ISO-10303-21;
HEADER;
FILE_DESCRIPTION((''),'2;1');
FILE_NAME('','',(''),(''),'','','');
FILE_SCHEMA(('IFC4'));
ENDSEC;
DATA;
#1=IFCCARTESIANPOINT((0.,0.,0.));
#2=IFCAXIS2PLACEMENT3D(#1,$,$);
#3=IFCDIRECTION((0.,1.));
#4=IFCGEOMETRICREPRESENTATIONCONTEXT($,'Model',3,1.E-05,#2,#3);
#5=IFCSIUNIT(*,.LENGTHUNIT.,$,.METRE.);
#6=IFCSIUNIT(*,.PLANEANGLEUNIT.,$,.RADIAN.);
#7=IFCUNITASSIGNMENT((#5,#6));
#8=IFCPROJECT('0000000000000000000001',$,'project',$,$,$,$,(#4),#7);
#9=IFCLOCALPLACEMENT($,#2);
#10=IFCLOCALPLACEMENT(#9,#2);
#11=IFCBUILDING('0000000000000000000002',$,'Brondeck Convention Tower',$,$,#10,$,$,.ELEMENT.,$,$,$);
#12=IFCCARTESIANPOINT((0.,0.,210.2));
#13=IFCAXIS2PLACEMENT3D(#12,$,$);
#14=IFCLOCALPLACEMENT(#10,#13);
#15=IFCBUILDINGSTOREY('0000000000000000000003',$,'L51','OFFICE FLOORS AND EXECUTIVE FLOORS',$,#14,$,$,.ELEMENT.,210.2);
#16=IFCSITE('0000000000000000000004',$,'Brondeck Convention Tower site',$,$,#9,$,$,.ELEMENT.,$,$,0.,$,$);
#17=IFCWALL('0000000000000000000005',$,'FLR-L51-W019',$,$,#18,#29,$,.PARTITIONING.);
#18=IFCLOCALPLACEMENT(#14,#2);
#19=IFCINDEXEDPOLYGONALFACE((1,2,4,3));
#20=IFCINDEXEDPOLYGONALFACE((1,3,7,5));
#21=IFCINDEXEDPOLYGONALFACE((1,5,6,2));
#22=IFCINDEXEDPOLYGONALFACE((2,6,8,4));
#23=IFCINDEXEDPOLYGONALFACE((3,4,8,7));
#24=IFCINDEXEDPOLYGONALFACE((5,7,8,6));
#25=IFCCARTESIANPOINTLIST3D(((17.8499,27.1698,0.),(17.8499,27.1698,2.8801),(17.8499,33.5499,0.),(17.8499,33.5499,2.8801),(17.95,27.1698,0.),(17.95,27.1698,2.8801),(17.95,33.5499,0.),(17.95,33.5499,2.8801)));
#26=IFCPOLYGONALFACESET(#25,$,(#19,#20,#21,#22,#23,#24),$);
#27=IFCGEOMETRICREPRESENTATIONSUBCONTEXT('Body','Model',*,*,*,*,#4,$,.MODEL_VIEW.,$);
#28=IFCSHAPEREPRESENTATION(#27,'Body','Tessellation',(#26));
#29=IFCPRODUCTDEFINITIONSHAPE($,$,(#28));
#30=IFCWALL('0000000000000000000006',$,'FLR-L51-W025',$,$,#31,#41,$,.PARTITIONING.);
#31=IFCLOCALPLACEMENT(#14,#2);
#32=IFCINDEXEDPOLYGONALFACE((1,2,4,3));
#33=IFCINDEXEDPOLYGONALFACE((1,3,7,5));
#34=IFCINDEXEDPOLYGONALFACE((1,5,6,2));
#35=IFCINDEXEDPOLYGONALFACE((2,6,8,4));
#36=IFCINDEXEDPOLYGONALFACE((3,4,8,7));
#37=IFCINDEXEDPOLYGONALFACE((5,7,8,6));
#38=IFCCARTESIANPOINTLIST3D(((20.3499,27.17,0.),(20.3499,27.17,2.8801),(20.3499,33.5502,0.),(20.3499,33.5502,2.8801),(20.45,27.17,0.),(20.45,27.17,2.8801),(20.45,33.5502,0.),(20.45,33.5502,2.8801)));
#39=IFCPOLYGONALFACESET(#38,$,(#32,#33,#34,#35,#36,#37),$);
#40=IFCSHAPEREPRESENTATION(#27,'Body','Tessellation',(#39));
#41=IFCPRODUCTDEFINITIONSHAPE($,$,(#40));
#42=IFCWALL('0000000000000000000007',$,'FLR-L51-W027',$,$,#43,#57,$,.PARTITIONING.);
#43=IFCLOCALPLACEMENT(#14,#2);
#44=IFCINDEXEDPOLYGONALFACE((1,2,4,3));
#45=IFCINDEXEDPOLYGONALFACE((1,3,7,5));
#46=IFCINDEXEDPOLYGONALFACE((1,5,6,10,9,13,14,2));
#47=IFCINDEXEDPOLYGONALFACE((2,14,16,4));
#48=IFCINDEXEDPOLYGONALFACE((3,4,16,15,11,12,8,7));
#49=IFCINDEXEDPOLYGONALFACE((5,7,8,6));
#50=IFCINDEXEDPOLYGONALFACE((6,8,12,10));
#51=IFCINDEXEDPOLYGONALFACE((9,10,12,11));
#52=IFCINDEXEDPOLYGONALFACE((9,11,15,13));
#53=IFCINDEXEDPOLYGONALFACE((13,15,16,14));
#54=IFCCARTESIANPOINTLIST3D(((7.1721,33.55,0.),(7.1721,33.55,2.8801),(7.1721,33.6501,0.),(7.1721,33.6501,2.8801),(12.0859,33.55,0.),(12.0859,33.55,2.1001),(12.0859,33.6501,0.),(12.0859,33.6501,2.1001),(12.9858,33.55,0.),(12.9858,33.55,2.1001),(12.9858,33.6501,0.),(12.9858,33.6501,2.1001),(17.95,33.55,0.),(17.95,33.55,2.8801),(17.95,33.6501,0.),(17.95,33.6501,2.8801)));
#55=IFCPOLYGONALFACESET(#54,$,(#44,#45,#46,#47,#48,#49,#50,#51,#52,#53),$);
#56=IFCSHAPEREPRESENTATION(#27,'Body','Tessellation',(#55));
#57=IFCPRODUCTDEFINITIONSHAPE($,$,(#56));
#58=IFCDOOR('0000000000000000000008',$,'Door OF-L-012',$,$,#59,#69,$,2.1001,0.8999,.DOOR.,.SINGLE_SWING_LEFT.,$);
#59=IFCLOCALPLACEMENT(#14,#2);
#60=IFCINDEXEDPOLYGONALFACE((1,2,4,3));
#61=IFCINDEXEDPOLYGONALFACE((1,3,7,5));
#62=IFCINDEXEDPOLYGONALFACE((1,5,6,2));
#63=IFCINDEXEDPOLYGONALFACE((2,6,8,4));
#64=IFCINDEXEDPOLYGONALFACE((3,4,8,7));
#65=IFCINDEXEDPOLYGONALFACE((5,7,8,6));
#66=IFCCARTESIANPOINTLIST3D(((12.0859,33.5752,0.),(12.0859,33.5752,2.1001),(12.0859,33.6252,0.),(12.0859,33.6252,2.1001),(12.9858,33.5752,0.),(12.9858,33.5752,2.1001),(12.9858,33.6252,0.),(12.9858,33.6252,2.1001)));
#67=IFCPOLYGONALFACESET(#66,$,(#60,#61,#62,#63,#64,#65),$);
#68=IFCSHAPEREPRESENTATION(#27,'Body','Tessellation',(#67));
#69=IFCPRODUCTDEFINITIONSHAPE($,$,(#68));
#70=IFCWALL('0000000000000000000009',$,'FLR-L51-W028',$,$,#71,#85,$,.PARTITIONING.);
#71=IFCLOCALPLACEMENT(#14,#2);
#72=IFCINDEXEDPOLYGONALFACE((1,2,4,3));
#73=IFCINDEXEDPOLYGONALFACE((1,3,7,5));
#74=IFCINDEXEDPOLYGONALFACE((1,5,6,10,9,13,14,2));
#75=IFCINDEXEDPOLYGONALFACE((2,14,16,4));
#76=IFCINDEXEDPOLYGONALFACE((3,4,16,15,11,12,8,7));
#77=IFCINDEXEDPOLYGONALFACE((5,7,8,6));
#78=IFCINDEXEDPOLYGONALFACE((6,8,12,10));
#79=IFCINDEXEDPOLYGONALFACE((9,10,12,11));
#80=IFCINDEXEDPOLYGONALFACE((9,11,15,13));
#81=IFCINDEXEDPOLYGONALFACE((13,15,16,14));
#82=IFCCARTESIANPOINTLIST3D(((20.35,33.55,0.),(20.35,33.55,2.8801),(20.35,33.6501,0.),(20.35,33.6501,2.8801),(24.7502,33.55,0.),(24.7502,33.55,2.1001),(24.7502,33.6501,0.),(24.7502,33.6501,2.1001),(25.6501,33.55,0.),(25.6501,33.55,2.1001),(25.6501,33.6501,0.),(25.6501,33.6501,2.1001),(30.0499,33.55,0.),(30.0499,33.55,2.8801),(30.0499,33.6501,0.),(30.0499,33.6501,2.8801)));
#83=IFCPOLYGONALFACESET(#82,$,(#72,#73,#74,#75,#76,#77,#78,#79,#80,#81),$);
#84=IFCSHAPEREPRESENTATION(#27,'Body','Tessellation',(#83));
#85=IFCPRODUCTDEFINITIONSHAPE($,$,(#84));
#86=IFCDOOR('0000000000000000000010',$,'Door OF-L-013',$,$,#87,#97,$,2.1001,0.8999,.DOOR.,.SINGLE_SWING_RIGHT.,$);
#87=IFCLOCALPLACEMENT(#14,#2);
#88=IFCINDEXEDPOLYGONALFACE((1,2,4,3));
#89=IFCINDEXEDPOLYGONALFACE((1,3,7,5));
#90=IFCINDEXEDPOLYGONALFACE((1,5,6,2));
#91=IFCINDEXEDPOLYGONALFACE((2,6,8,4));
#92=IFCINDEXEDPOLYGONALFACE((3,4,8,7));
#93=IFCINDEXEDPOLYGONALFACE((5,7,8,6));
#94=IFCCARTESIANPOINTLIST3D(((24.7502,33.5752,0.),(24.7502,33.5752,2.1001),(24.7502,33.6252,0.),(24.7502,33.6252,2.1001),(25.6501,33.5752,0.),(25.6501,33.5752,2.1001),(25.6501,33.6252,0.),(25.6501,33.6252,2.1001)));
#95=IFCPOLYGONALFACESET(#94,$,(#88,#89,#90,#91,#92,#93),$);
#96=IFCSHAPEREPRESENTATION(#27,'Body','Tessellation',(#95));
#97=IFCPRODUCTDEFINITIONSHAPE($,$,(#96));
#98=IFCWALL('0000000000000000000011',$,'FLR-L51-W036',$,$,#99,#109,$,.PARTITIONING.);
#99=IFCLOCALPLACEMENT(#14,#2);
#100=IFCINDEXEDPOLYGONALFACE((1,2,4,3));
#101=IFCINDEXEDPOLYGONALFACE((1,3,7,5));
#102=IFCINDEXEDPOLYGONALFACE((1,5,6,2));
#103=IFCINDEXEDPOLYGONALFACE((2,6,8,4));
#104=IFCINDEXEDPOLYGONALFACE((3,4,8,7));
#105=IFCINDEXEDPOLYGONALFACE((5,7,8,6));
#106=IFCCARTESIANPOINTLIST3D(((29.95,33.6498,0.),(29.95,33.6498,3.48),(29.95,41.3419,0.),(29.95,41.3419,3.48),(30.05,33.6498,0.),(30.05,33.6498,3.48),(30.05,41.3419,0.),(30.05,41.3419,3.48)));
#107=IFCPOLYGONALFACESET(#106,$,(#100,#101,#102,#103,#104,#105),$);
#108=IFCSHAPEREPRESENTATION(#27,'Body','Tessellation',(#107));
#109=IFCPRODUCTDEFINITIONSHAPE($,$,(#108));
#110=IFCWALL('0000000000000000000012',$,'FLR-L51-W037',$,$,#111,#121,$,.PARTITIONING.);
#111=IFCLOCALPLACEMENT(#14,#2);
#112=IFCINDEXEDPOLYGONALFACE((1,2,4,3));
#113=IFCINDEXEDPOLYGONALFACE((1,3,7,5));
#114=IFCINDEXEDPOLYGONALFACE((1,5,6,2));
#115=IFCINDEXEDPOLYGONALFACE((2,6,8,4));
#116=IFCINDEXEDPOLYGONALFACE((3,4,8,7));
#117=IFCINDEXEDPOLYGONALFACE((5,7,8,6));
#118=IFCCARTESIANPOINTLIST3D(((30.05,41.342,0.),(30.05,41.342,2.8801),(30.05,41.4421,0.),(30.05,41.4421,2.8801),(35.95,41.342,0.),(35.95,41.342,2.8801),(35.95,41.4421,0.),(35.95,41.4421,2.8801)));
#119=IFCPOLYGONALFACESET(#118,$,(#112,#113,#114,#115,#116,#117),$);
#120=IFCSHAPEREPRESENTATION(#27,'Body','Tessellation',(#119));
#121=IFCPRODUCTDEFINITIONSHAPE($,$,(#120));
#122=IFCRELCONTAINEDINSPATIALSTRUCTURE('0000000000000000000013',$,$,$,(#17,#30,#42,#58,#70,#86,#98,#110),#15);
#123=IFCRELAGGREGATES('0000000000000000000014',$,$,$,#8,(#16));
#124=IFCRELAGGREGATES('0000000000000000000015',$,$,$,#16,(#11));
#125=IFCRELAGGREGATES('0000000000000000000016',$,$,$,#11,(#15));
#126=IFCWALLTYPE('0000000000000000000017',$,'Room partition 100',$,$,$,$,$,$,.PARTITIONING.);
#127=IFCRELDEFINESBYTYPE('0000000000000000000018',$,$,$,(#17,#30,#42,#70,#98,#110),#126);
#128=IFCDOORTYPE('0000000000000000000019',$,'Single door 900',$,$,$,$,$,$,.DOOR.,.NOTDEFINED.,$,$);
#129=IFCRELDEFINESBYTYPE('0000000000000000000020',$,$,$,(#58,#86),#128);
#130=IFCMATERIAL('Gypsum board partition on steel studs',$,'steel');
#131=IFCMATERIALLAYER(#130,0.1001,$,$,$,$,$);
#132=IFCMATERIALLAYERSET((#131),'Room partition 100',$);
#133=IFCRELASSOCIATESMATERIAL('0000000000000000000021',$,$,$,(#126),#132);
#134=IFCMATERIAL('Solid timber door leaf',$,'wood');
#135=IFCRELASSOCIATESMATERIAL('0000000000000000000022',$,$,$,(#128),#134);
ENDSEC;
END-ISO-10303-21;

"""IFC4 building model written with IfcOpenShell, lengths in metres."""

from ifc_helpers import new_model, si_unit, direction, frame, frame_2d, origin, place, context, subcontext, project, spatial, rectangle, extrude, material, layer, layer_set, type_object, element, fill, save


model = new_model("IFC4")

# Units and contexts
model_context = context("Model", 3, precision=1e-05, world=origin(), true_north=direction((0.0, 1.0)))
body_context = subcontext(model_context, "Body", "Model", "MODEL_VIEW")
ifc_project = project(units=[si_unit("LENGTHUNIT", "METRE"), si_unit("PLANEANGLEUNIT", "RADIAN")], contexts=[model_context])

# Site, building, storey
site_placement = place(None, origin())
site = spatial("IfcSite", under=ifc_project, at=site_placement, Name="Brondeck Convention Tower site", CompositionType="ELEMENT", RefElevation=0.0)
building_placement = place(site_placement, origin())
building = spatial("IfcBuilding", under=site, at=building_placement, Name="Brondeck Convention Tower", CompositionType="ELEMENT")
storey_placement = place(building_placement, frame((0.0, 0.0, 210.2)))
storey = spatial("IfcBuildingStorey", under=building, at=storey_placement, Name="L51", Description="OFFICE FLOORS AND EXECUTIVE FLOORS", CompositionType="ELEMENT", Elevation=210.2)

# Shared definitions
ifc_material_1 = material(Name="Gypsum board partition on steel studs", Category="steel")
ifc_layer_1 = layer(ifc_material_1, 0.1001)
ifc_layer_set_1 = layer_set([ifc_layer_1], Name="Room partition 100")
wall_type_1 = type_object("IfcWallType", Name="Room partition 100", PredefinedType="PARTITIONING", material=ifc_layer_set_1)

# Walls
for number, where, z_axis, x_axis, name in (
    (1, (17.8999, 27.1699, 0.0), (0.0, 0.0, 1.0), (0.0, 1.0, 0.0), "FLR-L51-W019"),
    (2, (20.3999, 33.55, 0.0), (0.0, 0.0, 1.0), (0.0, -1.0, 0.0), "FLR-L51-W025"),
):
    element("IfcWall", number, at=place(storey_placement, frame(where, z_axis=z_axis, x_axis=x_axis)), inside=storey, type_object=wall_type_1, Name=name, PredefinedType="PARTITIONING", context=body_context, shape_type="SweptSolid", body=[
        extrude(rectangle(XDim=6.3801, YDim=0.1001, at=frame_2d((3.1899, 0.0))), origin(), (0.0, 0.0, 1.0), 2.8801),
    ])

# Walls, openings, doors
wall_1_placement = place(storey_placement, frame((17.95, 33.6001, 0.0), z_axis=(0.0, 0.0, 1.0), x_axis=(-1.0, 0.0, 0.0)))
wall_1 = element("IfcWall", 3, at=wall_1_placement, inside=storey, type_object=wall_type_1, Name="FLR-L51-W027", PredefinedType="PARTITIONING", context=body_context, shape_type="SweptSolid", body=[
    extrude(rectangle(XDim=10.7778, YDim=0.1001, at=frame_2d((5.3889, 0.0))), origin(), (0.0, 0.0, 1.0), 2.8801),
])
opening_1_placement = place(wall_1_placement, frame((4.9641, 0.0, 0.0)))
opening_1 = element("IfcOpeningElement", 4, at=opening_1_placement, cuts=wall_1, PredefinedType="OPENING", context=body_context, shape_type="SweptSolid", body=[
    extrude(rectangle(XDim=0.8999, YDim=2.1001, at=frame_2d((0.45, 1.05))), frame((0.0, 0.0601, 0.0), z_axis=(0.0, -1.0, 0.0), x_axis=(1.0, 0.0, 0.0)), (0.0, 0.0, 1.0), 0.1201),
])
ifc_material_2 = material(Name="Solid timber door leaf", Category="wood")
door_type_1 = type_object("IfcDoorType", Name="Single door 900", OperationType="NOTDEFINED", PredefinedType="DOOR", material=ifc_material_2)
door_1_placement = place(opening_1_placement, origin())
door_1 = element("IfcDoor", 5, at=door_1_placement, inside=storey, type_object=door_type_1, Name="Door OF-L-012", OperationType="SINGLE_SWING_LEFT", OverallHeight=2.1001, OverallWidth=0.8999, PredefinedType="DOOR", context=body_context, shape_type="SweptSolid", body=[
    extrude(rectangle(XDim=0.8999, YDim=2.1001, at=frame_2d((0.45, 1.05))), frame((0.0, 0.0249, 0.0), z_axis=(0.0, -1.0, 0.0), x_axis=(1.0, 0.0, 0.0)), (0.0, 0.0, 1.0), 0.05),
])
fill(opening_1, door_1)
wall_2_placement = place(storey_placement, frame((30.05, 33.6001, 0.0), z_axis=(0.0, 0.0, 1.0), x_axis=(-1.0, 0.0, 0.0)))
wall_2 = element("IfcWall", 6, at=wall_2_placement, inside=storey, type_object=wall_type_1, Name="FLR-L51-W028", PredefinedType="PARTITIONING", context=body_context, shape_type="SweptSolid", body=[
    extrude(rectangle(XDim=9.7, YDim=0.1001, at=frame_2d((4.8501, 0.0))), origin(), (0.0, 0.0, 1.0), 2.8801),
])
opening_2_placement = place(wall_2_placement, frame((4.3999, 0.0, 0.0)))
opening_2 = element("IfcOpeningElement", 7, at=opening_2_placement, cuts=wall_2, PredefinedType="OPENING", context=body_context, shape_type="SweptSolid", body=[
    extrude(rectangle(XDim=0.8999, YDim=2.1001, at=frame_2d((0.45, 1.05))), frame((0.0, 0.0601, 0.0), z_axis=(0.0, -1.0, 0.0), x_axis=(1.0, 0.0, 0.0)), (0.0, 0.0, 1.0), 0.1201),
])
door_2_placement = place(opening_2_placement, origin())
door_2 = element("IfcDoor", 8, at=door_2_placement, inside=storey, type_object=door_type_1, Name="Door OF-L-013", OperationType="SINGLE_SWING_RIGHT", OverallHeight=2.1001, OverallWidth=0.8999, PredefinedType="DOOR", context=body_context, shape_type="SweptSolid", body=[
    extrude(rectangle(XDim=0.8999, YDim=2.1001, at=frame_2d((0.45, 1.05))), frame((0.0, 0.0249, 0.0), z_axis=(0.0, -1.0, 0.0), x_axis=(1.0, 0.0, 0.0)), (0.0, 0.0, 1.0), 0.05),
])
fill(opening_2, door_2)

# Walls
wall_3_placement = place(storey_placement, frame((30.0, 41.342, 0.0), z_axis=(0.0, 0.0, 1.0), x_axis=(0.0, -1.0, 0.0)))
element("IfcWall", 9, at=wall_3_placement, inside=storey, type_object=wall_type_1, Name="FLR-L51-W036", PredefinedType="PARTITIONING", context=body_context, shape_type="SweptSolid", body=[
    extrude(rectangle(XDim=7.6921, YDim=0.1001, at=frame_2d((3.8462, 0.0))), origin(), (0.0, 0.0, 1.0), 3.48),
])
wall_4_placement = place(storey_placement, frame((30.05, 41.3921, 0.0), z_axis=(0.0, 0.0, 1.0), x_axis=(1.0, 0.0, 0.0)))
element("IfcWall", 10, at=wall_4_placement, inside=storey, type_object=wall_type_1, Name="FLR-L51-W037", PredefinedType="PARTITIONING", context=body_context, shape_type="SweptSolid", body=[
    extrude(rectangle(XDim=5.8999, YDim=0.1001, at=frame_2d((2.95, 0.0))), origin(), (0.0, 0.0, 1.0), 2.8801),
])

save(model, "model.ifc")
